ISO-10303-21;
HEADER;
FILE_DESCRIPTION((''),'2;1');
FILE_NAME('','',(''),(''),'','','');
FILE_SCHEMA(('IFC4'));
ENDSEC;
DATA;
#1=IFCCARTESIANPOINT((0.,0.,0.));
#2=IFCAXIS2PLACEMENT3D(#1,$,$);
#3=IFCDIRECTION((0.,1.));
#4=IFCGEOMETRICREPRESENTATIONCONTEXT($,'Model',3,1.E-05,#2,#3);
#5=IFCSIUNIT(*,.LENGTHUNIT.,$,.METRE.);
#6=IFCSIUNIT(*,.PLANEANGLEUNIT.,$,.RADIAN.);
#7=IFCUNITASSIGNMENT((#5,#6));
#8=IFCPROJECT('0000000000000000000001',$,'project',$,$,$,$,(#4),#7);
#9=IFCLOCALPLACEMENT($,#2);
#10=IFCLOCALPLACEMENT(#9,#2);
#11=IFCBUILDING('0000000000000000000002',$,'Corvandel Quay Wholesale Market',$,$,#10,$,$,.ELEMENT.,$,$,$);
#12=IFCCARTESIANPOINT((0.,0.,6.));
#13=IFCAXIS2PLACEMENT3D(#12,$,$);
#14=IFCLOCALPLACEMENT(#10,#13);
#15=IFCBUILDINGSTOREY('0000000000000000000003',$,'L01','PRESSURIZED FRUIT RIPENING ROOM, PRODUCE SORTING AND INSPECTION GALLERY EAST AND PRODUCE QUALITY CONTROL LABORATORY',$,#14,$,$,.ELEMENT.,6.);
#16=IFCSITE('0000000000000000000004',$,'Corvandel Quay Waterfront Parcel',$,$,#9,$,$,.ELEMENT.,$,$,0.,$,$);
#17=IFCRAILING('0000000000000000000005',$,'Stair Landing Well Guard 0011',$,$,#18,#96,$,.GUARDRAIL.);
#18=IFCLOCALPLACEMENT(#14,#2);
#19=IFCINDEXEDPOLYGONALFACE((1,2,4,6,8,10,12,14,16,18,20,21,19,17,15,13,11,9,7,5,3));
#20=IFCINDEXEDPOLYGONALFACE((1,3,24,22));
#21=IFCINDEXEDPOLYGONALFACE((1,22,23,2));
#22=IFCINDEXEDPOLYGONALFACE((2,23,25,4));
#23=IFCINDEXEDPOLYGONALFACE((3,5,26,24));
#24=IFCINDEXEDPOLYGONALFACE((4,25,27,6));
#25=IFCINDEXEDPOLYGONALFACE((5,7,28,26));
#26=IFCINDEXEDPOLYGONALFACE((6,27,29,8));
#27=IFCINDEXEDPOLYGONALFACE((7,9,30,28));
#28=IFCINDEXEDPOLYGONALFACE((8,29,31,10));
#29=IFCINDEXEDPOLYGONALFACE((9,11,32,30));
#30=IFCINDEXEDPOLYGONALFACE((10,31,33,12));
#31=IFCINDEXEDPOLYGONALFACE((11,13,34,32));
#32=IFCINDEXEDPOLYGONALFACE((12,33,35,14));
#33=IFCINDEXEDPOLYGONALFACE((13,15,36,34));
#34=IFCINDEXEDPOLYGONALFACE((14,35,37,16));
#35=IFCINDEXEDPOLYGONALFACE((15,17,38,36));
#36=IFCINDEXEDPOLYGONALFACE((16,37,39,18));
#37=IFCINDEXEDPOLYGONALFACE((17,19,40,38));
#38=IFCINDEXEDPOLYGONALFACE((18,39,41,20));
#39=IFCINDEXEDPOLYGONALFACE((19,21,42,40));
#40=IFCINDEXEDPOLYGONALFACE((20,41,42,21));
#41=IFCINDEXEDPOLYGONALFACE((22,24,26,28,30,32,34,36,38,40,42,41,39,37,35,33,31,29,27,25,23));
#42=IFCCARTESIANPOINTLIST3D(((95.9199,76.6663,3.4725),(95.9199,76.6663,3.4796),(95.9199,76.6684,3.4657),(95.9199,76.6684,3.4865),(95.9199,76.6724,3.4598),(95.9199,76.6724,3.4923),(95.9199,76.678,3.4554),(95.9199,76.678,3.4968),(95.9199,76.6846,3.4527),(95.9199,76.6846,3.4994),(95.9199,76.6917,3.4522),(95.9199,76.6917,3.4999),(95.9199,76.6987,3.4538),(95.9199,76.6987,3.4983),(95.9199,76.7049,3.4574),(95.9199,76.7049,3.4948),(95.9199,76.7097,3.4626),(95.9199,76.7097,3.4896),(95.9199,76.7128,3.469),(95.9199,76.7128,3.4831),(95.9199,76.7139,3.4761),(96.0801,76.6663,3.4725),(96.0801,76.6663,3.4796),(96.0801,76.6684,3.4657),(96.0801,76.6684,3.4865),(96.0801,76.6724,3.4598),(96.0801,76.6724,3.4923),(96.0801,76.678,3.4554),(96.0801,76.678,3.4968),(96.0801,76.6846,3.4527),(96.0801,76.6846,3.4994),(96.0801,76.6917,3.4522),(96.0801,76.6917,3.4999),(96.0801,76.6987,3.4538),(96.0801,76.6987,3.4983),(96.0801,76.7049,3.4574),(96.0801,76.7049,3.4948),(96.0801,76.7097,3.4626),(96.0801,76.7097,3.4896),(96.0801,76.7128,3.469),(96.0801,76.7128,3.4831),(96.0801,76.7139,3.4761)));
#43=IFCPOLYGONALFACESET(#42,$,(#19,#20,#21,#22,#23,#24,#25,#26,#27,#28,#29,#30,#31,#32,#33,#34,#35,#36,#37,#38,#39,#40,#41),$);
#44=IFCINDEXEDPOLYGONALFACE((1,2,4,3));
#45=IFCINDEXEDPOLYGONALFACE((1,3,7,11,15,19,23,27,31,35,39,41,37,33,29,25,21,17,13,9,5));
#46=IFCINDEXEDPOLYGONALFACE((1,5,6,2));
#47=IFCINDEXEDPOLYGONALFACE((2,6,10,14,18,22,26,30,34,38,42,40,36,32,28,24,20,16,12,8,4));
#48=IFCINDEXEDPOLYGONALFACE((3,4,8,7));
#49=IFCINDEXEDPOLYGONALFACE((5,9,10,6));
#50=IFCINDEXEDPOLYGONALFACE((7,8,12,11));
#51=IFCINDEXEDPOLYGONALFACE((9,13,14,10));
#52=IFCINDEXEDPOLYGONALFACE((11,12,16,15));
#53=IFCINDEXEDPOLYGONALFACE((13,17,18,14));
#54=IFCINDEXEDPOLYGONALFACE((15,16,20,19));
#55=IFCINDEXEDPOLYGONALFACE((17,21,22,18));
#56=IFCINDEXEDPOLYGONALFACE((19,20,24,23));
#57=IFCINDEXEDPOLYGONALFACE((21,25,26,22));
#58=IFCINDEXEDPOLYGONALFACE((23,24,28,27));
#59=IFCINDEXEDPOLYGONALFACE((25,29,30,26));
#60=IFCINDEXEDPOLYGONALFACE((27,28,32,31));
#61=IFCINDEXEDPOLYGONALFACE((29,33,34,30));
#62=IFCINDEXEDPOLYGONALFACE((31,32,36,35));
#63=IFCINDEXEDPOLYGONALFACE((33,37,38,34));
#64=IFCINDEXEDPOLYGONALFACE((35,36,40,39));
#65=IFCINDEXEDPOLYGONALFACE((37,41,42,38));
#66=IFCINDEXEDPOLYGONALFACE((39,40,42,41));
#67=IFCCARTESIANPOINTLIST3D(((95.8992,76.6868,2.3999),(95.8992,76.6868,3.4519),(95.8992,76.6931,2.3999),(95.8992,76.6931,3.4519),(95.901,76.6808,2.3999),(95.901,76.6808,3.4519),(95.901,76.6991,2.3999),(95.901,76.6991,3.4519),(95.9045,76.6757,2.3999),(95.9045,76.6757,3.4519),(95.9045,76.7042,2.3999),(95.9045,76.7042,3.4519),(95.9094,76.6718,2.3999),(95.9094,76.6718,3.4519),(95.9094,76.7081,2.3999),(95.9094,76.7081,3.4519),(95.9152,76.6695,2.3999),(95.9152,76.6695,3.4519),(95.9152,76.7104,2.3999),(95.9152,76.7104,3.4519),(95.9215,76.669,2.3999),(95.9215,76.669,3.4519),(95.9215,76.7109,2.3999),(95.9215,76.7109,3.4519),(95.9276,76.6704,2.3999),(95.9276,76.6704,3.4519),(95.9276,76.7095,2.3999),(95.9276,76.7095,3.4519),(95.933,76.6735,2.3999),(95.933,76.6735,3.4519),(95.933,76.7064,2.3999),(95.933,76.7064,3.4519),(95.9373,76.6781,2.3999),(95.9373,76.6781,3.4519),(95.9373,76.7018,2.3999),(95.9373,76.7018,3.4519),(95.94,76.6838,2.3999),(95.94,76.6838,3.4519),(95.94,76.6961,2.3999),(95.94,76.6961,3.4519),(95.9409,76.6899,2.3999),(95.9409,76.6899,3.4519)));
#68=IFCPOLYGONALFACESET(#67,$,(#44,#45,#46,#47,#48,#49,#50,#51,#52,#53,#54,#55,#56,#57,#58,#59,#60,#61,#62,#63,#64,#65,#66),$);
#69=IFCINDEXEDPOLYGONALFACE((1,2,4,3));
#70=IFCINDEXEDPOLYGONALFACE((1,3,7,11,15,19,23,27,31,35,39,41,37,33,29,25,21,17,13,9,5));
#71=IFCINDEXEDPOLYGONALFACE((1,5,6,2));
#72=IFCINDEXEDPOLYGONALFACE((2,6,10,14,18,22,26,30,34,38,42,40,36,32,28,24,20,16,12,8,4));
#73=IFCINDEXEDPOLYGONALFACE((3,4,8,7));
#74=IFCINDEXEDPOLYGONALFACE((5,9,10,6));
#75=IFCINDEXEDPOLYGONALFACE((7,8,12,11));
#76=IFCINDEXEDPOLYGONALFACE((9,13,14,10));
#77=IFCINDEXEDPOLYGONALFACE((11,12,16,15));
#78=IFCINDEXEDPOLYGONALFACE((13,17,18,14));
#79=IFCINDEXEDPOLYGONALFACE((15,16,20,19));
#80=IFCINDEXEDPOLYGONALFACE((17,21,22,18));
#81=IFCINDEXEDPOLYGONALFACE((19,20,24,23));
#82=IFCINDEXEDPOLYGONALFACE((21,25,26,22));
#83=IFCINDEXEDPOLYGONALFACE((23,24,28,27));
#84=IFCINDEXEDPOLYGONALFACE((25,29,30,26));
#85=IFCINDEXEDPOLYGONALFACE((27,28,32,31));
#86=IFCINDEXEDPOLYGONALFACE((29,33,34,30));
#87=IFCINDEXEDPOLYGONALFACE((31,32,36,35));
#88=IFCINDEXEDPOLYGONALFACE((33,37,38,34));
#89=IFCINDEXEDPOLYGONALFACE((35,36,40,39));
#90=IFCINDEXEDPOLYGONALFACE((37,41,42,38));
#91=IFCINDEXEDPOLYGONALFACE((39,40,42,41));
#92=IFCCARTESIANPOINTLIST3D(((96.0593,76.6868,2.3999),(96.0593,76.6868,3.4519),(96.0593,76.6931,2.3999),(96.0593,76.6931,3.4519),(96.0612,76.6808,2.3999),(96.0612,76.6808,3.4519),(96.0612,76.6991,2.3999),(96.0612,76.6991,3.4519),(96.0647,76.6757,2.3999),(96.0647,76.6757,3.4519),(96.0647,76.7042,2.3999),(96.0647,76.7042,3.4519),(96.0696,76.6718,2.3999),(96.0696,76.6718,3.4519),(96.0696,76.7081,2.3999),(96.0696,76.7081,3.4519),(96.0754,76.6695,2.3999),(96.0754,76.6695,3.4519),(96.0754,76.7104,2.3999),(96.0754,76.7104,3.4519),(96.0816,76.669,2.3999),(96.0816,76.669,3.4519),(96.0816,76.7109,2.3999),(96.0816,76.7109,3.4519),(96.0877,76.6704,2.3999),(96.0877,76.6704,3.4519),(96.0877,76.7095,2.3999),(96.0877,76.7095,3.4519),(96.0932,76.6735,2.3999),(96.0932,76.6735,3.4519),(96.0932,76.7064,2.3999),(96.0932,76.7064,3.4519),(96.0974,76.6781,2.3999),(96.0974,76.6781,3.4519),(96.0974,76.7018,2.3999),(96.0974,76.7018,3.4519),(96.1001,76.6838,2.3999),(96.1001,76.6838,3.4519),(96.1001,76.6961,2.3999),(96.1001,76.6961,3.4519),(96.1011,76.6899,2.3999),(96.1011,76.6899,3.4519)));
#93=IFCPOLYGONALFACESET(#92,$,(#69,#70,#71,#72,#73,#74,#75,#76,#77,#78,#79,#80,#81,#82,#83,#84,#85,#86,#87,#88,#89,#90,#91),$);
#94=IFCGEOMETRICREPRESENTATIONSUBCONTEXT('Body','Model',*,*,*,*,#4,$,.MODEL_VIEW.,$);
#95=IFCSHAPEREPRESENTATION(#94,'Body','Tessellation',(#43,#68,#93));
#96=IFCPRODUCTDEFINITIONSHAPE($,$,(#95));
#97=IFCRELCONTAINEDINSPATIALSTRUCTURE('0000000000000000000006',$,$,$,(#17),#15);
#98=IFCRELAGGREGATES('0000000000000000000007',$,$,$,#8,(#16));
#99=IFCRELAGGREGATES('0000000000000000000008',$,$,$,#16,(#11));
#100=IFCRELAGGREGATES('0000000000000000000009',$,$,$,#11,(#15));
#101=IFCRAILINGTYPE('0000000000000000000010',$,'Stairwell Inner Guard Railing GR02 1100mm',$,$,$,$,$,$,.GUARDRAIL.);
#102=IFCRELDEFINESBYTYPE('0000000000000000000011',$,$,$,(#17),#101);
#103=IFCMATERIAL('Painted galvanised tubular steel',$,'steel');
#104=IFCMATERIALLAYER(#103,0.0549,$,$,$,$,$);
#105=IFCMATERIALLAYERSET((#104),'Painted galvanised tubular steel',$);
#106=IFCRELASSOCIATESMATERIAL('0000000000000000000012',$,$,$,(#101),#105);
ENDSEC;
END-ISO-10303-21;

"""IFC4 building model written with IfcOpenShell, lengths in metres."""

from ifc_helpers import new_model, si_unit, direction, frame, origin, origin_2d, place, context, subcontext, project, spatial, circle, extrude, material, layer, layer_set, type_object, element, save


model = new_model("IFC4")

# Units and contexts
model_context = context("Model", 3, precision=1e-05, world=origin(), true_north=direction((0.0, 1.0)))
body_context = subcontext(model_context, "Body", "Model", "MODEL_VIEW")
ifc_project = project(units=[si_unit("LENGTHUNIT", "METRE"), si_unit("PLANEANGLEUNIT", "RADIAN")], contexts=[model_context])

# Site, building, storey
site_placement = place(None, origin())
site = spatial("IfcSite", under=ifc_project, at=site_placement, Name="Corvandel Quay Waterfront Parcel", CompositionType="ELEMENT", RefElevation=0.0)
building_placement = place(site_placement, origin())
building = spatial("IfcBuilding", under=site, at=building_placement, Name="Corvandel Quay Wholesale Market", CompositionType="ELEMENT")
storey_placement = place(building_placement, frame((0.0, 0.0, 6.0)))
storey = spatial("IfcBuildingStorey", under=building, at=storey_placement, Name="L01", Description="PRESSURIZED FRUIT RIPENING ROOM, PRODUCE SORTING AND INSPECTION GALLERY EAST AND PRODUCE QUALITY CONTROL LABORATORY", CompositionType="ELEMENT", Elevation=6.0)

# Railing
ifc_material_1 = material(Name="Painted galvanised tubular steel", Category="steel")
ifc_layer_1 = layer(ifc_material_1, 0.0549)
ifc_layer_set_1 = layer_set([ifc_layer_1], Name="Painted galvanised tubular steel")
railing_type_1 = type_object("IfcRailingType", Name="Stairwell Inner Guard Railing GR02 1100mm", PredefinedType="GUARDRAIL", material=ifc_layer_set_1)
railing_placement = place(storey_placement, frame((95.9199, 76.6899, 2.3999)))
element("IfcRailing", 1, at=railing_placement, inside=storey, type_object=railing_type_1, Name="Stair Landing Well Guard 0011", PredefinedType="GUARDRAIL", context=body_context, shape_type="SweptSolid", body=[
    extrude(circle(Radius=0.0239, at=origin_2d()), frame((0.0, 0.0, 1.0762), z_axis=(1.0, 0.0, 0.0), x_axis=(0.0, 1.0, 0.0)), (0.0, 0.0, 1.0), 0.1602),
    extrude(circle(Radius=0.021, at=origin_2d()), origin(), (0.0, 0.0, 1.0), 1.052),
    extrude(circle(Radius=0.021, at=origin_2d()), frame((0.1602, 0.0, 0.0)), (0.0, 0.0, 1.0), 1.052),
])

save(model, "model.ifc")
